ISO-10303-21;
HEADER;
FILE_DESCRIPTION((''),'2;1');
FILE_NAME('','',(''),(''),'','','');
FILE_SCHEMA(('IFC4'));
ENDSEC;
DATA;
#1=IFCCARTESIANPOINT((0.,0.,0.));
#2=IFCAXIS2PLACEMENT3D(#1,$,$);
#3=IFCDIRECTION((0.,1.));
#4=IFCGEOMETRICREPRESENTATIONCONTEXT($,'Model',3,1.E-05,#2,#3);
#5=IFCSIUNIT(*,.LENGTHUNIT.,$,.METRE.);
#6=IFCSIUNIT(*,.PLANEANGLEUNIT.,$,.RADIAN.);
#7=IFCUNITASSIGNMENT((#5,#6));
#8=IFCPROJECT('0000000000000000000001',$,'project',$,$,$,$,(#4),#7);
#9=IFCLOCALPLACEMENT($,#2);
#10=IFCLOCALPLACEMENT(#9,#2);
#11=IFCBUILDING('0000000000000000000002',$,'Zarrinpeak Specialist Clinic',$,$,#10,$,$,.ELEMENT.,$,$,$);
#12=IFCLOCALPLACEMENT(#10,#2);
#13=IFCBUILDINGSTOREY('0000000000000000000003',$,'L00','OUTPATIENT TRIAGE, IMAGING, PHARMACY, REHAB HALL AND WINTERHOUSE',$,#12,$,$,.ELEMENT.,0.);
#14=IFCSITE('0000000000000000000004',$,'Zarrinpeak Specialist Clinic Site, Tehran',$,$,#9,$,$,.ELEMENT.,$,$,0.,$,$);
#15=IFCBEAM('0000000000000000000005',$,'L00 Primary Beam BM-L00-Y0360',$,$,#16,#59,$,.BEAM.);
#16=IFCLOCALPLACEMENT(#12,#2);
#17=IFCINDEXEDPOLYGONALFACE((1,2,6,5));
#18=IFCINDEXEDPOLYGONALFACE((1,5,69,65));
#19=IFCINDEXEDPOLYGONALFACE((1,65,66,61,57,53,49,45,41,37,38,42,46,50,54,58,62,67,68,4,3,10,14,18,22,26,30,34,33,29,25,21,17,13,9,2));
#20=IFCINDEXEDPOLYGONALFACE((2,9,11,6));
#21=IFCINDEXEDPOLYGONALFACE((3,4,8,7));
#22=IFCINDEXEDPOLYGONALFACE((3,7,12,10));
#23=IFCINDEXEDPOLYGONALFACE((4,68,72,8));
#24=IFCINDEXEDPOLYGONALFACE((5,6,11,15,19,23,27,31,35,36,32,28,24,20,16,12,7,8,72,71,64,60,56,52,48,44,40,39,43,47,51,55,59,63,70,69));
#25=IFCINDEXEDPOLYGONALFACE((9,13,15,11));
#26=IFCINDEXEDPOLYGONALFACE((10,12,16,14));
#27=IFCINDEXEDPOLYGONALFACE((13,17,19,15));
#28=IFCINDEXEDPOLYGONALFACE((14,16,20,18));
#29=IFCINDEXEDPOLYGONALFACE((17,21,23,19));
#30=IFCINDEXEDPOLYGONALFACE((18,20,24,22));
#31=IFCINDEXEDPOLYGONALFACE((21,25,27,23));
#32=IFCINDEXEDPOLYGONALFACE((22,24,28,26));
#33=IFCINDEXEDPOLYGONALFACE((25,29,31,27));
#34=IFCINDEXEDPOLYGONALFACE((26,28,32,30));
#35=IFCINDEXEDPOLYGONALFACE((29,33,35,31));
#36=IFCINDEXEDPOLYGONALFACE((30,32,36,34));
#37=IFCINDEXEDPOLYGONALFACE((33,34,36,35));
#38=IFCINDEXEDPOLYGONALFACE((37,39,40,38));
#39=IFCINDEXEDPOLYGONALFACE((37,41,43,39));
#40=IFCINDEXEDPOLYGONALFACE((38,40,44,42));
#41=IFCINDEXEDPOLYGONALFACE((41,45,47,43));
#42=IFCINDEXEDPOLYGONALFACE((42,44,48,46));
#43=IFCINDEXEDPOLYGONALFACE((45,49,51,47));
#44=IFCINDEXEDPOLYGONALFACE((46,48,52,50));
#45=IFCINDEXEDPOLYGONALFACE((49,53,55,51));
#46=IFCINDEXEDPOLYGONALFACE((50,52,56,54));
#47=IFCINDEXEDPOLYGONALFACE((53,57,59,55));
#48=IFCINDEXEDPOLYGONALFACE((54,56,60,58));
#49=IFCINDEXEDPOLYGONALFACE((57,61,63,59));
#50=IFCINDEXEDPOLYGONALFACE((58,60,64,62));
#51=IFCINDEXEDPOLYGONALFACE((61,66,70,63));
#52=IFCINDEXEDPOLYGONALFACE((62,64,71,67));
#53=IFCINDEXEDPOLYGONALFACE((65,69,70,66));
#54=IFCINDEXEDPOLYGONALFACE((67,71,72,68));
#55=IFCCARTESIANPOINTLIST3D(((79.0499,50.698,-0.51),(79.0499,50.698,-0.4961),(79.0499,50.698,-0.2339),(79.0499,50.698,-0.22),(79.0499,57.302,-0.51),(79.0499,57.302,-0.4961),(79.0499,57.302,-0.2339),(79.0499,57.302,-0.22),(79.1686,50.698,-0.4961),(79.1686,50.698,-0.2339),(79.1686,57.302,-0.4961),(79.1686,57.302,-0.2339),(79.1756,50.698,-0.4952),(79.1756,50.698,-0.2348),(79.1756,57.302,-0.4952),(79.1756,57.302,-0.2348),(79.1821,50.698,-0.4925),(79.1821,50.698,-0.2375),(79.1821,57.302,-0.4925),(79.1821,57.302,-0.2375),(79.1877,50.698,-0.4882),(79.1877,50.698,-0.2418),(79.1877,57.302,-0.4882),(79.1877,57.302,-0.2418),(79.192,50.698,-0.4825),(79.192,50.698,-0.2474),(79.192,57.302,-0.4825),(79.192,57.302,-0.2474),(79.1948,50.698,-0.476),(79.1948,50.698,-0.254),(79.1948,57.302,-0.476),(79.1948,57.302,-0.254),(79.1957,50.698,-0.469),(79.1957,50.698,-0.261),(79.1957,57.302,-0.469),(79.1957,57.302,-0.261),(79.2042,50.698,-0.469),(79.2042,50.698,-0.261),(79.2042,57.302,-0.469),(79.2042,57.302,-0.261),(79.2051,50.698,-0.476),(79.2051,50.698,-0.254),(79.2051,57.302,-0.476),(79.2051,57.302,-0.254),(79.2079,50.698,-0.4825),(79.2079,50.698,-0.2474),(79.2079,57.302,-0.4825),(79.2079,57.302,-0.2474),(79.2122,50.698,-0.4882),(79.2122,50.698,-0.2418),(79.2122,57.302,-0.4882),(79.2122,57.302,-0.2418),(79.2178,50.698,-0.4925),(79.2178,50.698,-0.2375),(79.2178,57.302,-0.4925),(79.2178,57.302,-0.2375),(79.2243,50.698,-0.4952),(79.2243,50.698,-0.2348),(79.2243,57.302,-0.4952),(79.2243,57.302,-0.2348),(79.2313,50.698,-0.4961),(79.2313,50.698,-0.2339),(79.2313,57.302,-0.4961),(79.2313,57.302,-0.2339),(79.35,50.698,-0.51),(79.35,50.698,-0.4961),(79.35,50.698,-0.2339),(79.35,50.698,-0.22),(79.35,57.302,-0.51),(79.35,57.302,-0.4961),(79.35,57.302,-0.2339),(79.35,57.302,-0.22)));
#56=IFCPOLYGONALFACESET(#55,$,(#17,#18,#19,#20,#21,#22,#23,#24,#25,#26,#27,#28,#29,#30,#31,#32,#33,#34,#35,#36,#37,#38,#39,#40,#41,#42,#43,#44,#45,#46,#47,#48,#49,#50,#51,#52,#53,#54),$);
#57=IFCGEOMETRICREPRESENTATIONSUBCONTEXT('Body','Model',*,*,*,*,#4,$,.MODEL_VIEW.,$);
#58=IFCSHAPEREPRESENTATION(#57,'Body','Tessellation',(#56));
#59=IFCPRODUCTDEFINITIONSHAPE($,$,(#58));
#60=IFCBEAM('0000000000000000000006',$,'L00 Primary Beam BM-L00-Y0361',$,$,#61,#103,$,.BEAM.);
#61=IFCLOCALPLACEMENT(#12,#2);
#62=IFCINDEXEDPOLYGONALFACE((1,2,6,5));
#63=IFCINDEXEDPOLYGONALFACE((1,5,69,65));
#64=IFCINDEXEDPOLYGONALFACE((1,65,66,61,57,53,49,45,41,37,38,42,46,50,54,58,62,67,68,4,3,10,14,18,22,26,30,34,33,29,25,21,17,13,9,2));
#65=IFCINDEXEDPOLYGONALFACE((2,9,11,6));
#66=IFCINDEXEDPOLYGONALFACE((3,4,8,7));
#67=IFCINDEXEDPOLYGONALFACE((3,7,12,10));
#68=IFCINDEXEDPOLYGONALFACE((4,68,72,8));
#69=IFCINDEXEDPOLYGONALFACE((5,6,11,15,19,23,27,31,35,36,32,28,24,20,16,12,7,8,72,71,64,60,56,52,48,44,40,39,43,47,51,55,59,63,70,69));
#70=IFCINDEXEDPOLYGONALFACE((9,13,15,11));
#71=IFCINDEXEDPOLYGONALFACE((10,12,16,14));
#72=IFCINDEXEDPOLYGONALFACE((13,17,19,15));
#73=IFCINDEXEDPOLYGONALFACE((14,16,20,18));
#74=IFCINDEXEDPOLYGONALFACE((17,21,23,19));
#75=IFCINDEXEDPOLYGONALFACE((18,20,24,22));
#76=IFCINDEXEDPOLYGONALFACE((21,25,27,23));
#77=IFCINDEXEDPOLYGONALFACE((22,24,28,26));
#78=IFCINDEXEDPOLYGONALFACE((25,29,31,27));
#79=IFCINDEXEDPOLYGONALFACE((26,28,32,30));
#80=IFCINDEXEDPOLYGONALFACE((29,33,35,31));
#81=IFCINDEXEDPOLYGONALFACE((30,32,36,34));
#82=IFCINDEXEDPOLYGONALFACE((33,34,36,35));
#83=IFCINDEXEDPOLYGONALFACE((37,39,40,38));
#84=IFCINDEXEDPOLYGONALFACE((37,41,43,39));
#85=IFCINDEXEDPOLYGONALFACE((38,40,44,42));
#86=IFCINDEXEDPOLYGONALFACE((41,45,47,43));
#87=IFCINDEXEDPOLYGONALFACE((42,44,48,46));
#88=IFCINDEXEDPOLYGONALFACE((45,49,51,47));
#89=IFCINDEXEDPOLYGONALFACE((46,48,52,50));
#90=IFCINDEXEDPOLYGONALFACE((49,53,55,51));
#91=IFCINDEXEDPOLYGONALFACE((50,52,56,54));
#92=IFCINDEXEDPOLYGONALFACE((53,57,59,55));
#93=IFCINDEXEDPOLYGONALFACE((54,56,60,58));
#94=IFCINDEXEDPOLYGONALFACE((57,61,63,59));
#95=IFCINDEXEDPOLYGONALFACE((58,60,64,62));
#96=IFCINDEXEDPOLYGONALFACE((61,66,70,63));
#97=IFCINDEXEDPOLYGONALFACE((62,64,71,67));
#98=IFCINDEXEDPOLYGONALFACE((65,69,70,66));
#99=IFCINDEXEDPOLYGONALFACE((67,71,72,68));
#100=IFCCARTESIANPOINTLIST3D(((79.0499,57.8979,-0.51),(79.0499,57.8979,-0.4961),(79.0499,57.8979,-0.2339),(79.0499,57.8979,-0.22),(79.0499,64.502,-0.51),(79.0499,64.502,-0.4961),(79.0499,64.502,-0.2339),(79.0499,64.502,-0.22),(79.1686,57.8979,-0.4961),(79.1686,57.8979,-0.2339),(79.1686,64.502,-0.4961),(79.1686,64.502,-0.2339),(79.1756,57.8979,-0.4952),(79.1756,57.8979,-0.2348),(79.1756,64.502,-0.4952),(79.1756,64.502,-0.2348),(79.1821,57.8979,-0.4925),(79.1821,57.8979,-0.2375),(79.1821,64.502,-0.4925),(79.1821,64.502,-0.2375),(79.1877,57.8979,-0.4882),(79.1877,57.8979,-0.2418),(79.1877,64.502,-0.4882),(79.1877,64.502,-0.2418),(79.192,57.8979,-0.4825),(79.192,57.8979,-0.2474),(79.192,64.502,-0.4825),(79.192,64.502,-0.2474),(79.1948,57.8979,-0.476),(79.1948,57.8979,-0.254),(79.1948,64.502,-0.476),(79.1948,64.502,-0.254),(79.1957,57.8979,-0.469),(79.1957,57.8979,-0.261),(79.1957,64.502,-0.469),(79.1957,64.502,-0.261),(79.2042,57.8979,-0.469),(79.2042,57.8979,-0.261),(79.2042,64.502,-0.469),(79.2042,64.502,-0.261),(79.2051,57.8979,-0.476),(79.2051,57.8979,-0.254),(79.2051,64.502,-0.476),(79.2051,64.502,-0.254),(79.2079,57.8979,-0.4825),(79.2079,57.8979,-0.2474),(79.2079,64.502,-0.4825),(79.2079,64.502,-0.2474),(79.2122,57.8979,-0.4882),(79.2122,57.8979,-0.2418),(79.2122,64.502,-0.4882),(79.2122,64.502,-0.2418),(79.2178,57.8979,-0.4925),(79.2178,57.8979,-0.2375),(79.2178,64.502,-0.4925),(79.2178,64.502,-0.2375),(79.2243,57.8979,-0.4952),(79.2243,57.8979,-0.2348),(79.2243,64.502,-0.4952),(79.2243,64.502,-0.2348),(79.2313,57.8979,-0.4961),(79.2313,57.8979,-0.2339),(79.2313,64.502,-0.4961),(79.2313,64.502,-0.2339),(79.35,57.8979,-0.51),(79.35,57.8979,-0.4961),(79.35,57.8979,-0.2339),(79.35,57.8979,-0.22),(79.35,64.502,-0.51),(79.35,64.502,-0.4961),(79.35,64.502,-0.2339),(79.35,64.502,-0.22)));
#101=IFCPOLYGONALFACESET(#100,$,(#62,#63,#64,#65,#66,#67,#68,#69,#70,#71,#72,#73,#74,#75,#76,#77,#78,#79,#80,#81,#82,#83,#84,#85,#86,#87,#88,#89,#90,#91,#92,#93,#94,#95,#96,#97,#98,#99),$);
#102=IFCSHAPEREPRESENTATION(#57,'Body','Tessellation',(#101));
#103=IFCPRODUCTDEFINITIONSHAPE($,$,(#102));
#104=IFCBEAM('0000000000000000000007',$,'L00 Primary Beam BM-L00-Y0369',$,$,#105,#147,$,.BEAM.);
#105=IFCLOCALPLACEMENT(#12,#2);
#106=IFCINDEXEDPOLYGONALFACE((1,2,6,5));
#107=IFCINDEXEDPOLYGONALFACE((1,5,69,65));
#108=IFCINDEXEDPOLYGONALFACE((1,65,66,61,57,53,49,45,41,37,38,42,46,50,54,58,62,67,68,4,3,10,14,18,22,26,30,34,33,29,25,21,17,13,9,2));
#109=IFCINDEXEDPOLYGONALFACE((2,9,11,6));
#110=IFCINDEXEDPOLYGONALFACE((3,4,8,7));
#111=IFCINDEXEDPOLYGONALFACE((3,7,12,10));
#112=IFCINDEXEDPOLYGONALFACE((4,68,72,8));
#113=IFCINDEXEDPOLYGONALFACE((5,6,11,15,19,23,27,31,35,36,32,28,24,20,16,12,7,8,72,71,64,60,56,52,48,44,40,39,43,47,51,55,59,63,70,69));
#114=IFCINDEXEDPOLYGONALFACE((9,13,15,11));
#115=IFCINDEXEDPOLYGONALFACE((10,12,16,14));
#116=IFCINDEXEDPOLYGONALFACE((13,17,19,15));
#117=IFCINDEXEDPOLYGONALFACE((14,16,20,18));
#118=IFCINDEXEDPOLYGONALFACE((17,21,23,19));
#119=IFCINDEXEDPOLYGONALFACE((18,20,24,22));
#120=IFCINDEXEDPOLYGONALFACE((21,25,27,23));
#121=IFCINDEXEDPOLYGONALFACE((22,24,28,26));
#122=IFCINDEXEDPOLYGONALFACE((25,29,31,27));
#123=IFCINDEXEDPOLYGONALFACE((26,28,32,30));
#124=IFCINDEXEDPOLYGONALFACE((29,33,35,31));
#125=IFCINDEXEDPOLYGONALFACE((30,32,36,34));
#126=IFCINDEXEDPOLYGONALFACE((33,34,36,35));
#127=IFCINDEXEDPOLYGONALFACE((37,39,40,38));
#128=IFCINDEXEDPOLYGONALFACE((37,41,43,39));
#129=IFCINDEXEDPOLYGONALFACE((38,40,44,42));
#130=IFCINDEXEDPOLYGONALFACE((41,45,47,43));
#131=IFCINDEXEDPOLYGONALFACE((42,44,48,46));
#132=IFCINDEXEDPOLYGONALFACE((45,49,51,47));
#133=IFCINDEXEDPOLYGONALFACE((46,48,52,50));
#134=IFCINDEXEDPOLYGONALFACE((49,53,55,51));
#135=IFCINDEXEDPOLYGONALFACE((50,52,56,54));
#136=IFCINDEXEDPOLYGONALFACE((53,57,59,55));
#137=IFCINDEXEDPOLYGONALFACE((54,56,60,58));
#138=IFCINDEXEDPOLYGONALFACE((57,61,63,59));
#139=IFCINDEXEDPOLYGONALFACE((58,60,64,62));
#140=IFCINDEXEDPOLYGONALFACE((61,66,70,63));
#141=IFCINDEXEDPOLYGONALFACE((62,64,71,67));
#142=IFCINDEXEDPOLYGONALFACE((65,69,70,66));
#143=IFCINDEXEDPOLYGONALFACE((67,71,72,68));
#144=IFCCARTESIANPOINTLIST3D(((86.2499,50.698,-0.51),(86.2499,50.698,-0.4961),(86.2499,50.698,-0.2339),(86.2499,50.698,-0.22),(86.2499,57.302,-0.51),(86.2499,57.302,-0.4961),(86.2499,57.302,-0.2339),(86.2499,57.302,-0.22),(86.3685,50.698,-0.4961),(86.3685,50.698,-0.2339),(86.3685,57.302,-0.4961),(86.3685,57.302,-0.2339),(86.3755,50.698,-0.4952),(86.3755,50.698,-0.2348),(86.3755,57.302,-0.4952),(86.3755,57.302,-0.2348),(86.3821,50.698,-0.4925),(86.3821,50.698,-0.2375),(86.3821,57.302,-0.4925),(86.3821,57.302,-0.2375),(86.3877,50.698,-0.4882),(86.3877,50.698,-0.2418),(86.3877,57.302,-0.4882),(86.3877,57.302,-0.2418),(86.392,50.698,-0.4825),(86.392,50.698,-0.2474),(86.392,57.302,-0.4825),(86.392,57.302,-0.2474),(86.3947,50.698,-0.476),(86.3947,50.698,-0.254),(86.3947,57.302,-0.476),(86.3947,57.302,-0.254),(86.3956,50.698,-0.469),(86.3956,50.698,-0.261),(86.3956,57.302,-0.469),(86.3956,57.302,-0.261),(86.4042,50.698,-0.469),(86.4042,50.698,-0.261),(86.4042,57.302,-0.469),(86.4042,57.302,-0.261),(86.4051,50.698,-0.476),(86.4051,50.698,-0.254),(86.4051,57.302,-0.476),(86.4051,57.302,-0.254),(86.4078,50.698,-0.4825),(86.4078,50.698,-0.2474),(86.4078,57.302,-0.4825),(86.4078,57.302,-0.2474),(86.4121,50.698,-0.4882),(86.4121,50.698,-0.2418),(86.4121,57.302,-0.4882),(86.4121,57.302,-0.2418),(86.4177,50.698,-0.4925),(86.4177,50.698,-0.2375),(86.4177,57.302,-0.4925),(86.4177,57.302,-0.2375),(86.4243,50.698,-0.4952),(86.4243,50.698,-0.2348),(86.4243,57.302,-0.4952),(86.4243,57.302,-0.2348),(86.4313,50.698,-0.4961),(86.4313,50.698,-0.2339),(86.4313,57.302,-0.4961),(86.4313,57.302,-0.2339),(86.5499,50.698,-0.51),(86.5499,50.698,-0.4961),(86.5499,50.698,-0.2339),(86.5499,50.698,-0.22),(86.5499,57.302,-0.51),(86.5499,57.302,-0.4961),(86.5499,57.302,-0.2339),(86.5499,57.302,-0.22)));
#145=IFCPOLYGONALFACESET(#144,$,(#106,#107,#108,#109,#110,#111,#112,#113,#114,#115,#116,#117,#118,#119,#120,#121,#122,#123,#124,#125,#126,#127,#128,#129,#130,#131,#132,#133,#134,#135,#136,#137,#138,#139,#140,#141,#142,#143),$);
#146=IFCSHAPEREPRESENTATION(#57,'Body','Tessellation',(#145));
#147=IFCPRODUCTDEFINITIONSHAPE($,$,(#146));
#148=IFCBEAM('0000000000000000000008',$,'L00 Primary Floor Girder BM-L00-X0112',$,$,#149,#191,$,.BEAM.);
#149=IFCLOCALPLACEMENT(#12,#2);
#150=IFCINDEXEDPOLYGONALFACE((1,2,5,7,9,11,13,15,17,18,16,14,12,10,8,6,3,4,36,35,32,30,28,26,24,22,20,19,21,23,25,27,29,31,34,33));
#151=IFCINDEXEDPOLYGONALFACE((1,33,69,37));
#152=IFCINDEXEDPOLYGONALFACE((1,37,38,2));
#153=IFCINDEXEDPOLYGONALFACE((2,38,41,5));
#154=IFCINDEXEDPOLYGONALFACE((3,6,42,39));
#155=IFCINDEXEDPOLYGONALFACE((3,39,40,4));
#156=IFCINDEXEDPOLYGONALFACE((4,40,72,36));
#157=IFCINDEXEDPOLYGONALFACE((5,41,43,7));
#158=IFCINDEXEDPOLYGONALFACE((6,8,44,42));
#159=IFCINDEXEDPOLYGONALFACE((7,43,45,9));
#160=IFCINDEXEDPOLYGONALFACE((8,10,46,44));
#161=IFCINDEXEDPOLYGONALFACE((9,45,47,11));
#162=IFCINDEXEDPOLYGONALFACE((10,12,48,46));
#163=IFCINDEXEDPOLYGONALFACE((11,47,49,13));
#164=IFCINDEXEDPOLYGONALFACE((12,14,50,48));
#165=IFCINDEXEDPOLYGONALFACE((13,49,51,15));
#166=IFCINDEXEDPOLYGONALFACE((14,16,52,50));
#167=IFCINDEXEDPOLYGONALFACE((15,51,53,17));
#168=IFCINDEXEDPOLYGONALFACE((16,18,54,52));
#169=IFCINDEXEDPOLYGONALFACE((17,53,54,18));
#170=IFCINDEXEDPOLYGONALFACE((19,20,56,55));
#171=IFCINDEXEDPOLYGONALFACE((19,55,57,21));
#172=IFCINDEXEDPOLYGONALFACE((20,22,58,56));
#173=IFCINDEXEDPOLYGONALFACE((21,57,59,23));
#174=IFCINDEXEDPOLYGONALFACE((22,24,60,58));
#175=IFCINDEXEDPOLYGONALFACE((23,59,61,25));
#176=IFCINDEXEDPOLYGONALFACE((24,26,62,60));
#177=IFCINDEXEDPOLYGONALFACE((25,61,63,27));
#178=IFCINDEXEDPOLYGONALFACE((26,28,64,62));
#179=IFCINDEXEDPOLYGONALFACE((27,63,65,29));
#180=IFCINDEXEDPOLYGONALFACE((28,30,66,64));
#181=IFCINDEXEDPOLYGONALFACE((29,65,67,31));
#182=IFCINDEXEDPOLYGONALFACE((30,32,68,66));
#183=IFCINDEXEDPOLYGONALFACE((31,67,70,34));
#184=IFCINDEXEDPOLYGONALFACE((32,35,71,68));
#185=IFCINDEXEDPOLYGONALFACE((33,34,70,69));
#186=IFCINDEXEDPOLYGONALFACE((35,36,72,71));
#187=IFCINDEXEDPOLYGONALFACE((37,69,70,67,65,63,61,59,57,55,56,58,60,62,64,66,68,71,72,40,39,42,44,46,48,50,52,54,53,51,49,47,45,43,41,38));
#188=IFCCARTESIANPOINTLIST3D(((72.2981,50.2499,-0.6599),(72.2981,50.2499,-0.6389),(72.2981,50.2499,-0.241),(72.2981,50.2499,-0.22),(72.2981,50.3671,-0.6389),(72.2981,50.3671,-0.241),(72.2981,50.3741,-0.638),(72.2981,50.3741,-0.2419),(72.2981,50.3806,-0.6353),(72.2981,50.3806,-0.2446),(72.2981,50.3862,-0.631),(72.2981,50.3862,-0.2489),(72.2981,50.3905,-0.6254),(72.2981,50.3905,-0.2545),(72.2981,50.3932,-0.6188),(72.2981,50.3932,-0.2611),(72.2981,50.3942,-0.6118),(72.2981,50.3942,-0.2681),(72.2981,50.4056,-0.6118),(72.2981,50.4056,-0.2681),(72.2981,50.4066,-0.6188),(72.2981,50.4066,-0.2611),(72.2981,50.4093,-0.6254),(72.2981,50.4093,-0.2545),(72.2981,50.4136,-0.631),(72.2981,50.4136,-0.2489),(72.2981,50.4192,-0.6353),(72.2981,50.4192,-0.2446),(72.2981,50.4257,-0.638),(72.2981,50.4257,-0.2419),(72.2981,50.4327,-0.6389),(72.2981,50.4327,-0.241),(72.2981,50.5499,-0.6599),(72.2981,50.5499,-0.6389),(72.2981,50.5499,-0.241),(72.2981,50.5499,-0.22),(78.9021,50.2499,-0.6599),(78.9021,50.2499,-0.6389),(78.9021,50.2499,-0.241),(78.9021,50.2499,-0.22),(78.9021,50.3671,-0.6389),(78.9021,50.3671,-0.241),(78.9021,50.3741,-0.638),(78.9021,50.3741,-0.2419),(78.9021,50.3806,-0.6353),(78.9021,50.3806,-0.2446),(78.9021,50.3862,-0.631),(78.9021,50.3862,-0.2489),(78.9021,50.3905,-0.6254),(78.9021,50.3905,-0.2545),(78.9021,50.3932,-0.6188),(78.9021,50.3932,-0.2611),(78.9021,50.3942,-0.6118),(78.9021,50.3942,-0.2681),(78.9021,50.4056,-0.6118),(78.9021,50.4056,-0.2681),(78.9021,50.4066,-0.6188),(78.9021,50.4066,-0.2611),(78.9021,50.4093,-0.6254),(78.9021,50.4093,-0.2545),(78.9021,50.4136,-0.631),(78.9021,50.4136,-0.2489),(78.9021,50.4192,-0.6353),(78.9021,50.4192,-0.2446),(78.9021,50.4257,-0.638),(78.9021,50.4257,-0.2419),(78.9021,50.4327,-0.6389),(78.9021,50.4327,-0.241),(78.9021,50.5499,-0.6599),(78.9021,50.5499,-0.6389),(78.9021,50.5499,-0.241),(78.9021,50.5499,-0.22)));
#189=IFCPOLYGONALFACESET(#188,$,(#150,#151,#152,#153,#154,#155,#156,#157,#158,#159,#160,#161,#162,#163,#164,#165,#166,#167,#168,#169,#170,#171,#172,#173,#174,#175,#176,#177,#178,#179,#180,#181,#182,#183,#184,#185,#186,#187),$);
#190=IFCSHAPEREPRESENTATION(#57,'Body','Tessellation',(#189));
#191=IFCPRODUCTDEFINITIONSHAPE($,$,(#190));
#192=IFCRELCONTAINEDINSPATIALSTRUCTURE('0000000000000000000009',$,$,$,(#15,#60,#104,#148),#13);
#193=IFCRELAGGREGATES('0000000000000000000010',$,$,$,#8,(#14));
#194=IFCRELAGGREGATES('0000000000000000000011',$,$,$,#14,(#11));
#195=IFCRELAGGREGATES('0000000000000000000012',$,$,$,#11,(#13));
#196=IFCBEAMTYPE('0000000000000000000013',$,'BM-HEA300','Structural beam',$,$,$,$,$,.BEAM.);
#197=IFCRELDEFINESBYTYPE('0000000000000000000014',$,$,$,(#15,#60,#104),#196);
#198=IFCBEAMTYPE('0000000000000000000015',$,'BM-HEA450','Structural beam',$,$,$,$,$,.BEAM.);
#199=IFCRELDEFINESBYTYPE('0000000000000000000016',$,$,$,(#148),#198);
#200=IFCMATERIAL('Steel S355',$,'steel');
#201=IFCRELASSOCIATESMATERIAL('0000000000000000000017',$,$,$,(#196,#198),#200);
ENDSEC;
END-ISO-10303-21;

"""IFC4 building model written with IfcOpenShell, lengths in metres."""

from ifc_helpers import new_model, si_unit, direction, frame, origin, origin_2d, place, context, subcontext, project, spatial, i_section, extrude, material, material_profile, profile_set, type_object, element, save


model = new_model("IFC4")

# Units and contexts
model_context = context("Model", 3, precision=1e-05, world=origin(), true_north=direction((0.0, 1.0)))
body_context = subcontext(model_context, "Body", "Model", "MODEL_VIEW")
ifc_project = project(units=[si_unit("LENGTHUNIT", "METRE"), si_unit("PLANEANGLEUNIT", "RADIAN")], contexts=[model_context])

# Site, building, storey
site_placement = place(None, origin())
site = spatial("IfcSite", under=ifc_project, at=site_placement, Name="Zarrinpeak Specialist Clinic Site, Tehran", CompositionType="ELEMENT", RefElevation=0.0)
building_placement = place(site_placement, origin())
building = spatial("IfcBuilding", under=site, at=building_placement, Name="Zarrinpeak Specialist Clinic", CompositionType="ELEMENT")
storey_placement = place(building_placement, origin())
storey = spatial("IfcBuildingStorey", under=building, at=storey_placement, Name="L00", Description="OUTPATIENT TRIAGE, IMAGING, PHARMACY, REHAB HALL AND WINTERHOUSE", CompositionType="ELEMENT", Elevation=0.0)

# Beams
ifc_material_1 = material(Name="Steel S355", Category="steel")
ifc_material_profile_1 = material_profile(ifc_material_1, i_section(OverallWidth=0.3, OverallDepth=0.29, WebThickness=0.0085, FlangeThickness=0.0139, FilletRadius=0.0271, at=origin_2d()), Name="HEA 300")
ifc_profile_set_1 = profile_set([ifc_material_profile_1], Name="Steel S355")
beam_type_1 = type_object("IfcBeamType", Name="BM-HEA300", Description="Structural beam", PredefinedType="BEAM", material=ifc_profile_set_1)
for number, where, z_axis, x_axis, name in (
    (1, (79.2, 50.698, -0.365), (0.0, 1.0, 0.0), (-1.0, 0.0, 0.0), "L00 Primary Beam BM-L00-Y0360"),
    (2, (79.2, 57.8979, -0.365), (0.0, 1.0, 0.0), (-1.0, 0.0, 0.0), "L00 Primary Beam BM-L00-Y0361"),
    (3, (86.3999, 50.698, -0.365), (0.0, 1.0, 0.0), (-1.0, 0.0, 0.0), "L00 Primary Beam BM-L00-Y0369"),
):
    element("IfcBeam", number, at=place(storey_placement, frame(where, z_axis=z_axis, x_axis=x_axis)), inside=storey, type_object=beam_type_1, Name=name, PredefinedType="BEAM", context=body_context, shape_type="SweptSolid", body=[
        extrude(i_section(OverallWidth=0.3, OverallDepth=0.29, WebThickness=0.0085, FlangeThickness=0.0139, FilletRadius=0.0271, at=origin_2d()), origin(), (0.0, 0.0, 1.0), 6.604),
    ])
ifc_material_profile_2 = material_profile(ifc_material_1, i_section(OverallWidth=0.3, OverallDepth=0.4399, WebThickness=0.0115, FlangeThickness=0.021, FilletRadius=0.0271, at=origin_2d()), Name="HEA 450")
ifc_profile_set_2 = profile_set([ifc_material_profile_2], Name="Steel S355")
beam_type_2 = type_object("IfcBeamType", Name="BM-HEA450", Description="Structural beam", PredefinedType="BEAM", material=ifc_profile_set_2)
for number, where, z_axis, x_axis, name in (
    (4, (72.2981, 50.3999, -0.4399), (1.0, 0.0, 0.0), (0.0, 1.0, 0.0), "L00 Primary Floor Girder BM-L00-X0112"),
):
    element("IfcBeam", number, at=place(storey_placement, frame(where, z_axis=z_axis, x_axis=x_axis)), inside=storey, type_object=beam_type_2, Name=name, PredefinedType="BEAM", context=body_context, shape_type="SweptSolid", body=[
        extrude(i_section(OverallWidth=0.3, OverallDepth=0.4399, WebThickness=0.0115, FlangeThickness=0.021, FilletRadius=0.0271, at=origin_2d()), origin(), (0.0, 0.0, 1.0), 6.604),
    ])

save(model, "model.ifc")
